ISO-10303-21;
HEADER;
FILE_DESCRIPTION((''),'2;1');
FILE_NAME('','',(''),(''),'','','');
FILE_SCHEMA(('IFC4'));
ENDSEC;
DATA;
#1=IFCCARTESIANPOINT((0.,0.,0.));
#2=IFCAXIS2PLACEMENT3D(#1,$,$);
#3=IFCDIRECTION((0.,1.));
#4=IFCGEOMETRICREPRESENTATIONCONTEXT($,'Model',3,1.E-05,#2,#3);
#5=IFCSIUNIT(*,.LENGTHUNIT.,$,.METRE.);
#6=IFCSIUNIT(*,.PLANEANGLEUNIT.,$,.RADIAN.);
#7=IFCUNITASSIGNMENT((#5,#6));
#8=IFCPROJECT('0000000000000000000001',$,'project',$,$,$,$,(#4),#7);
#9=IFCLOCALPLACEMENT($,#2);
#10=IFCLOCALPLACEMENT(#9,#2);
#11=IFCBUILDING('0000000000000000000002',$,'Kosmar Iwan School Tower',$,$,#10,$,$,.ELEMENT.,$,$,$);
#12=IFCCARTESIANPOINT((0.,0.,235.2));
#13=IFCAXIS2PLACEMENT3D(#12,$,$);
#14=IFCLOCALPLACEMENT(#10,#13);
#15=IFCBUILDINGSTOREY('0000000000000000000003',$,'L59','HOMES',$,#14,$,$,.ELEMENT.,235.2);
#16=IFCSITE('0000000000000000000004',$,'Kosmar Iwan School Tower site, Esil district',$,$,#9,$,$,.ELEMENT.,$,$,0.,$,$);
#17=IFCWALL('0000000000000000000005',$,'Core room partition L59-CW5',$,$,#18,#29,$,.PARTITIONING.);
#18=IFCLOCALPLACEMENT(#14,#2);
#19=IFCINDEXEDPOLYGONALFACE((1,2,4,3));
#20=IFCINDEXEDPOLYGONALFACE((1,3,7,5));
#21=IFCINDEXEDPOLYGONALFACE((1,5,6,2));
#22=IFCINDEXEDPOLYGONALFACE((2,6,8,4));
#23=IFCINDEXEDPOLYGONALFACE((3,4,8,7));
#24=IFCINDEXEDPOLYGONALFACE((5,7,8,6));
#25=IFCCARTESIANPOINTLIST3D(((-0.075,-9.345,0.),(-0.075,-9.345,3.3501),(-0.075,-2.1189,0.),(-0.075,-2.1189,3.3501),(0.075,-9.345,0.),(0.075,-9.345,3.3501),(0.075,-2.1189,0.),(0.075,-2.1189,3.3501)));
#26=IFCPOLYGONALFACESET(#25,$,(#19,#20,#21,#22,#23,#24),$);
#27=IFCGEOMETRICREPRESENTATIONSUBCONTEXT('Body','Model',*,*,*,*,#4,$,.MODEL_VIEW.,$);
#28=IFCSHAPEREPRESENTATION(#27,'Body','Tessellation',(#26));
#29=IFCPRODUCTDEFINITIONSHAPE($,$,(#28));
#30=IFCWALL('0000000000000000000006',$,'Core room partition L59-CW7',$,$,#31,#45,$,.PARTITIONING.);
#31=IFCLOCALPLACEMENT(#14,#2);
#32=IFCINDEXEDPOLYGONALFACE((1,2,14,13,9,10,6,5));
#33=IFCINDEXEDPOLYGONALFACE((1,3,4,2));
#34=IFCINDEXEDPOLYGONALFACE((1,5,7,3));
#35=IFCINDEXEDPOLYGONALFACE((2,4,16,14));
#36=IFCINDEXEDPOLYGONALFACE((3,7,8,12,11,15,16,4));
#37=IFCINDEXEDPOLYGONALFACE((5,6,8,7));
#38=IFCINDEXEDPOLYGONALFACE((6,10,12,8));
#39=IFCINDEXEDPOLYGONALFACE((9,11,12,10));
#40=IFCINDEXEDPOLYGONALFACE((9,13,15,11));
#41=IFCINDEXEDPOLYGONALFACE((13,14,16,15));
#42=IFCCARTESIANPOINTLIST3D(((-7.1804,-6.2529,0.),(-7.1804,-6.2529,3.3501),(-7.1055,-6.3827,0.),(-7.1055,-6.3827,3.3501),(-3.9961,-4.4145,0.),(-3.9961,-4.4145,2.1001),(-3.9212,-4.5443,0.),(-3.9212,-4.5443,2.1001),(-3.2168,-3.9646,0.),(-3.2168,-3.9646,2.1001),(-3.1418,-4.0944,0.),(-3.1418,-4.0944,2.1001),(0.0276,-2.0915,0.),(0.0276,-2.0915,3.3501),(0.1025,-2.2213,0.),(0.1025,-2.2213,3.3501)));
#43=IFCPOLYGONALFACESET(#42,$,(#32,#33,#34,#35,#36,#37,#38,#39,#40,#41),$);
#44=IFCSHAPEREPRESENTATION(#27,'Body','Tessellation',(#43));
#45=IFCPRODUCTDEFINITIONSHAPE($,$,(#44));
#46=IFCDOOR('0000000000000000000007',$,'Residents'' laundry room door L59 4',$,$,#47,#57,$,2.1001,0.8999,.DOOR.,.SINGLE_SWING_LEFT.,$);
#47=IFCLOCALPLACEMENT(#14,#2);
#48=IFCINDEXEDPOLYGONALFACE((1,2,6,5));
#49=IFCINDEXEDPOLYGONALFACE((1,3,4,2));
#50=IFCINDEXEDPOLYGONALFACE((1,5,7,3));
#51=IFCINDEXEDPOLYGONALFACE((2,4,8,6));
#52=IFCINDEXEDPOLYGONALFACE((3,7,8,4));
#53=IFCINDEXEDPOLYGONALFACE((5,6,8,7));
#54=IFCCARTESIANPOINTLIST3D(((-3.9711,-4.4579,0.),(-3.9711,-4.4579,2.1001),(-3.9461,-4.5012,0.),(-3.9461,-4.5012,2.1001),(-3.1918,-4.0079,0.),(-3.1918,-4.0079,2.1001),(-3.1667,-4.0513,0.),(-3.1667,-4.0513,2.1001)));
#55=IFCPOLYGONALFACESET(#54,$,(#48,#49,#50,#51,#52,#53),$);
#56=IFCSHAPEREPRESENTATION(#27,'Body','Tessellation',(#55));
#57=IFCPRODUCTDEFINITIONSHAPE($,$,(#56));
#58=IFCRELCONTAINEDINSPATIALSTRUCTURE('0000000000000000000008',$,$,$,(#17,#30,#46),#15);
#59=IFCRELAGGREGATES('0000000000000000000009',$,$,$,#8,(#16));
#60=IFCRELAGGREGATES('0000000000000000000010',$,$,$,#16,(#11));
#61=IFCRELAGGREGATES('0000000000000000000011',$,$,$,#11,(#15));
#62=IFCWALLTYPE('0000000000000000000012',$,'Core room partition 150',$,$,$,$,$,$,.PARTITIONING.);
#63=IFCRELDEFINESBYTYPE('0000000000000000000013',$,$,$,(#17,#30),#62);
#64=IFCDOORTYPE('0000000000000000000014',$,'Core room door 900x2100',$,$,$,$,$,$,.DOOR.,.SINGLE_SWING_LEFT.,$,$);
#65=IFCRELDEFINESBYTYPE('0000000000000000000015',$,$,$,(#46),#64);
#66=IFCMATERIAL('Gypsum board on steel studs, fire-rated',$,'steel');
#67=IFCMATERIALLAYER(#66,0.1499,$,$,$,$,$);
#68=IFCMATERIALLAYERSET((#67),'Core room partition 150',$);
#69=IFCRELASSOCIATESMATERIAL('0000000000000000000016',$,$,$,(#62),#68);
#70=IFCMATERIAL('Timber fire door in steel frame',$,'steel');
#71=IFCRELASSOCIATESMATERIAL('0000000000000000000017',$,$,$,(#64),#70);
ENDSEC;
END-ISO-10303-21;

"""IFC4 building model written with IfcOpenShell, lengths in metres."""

from ifc_helpers import new_model, si_unit, direction, frame, frame_2d, origin, place, context, subcontext, project, spatial, rectangle, extrude, material, layer, layer_set, type_object, element, fill, save


model = new_model("IFC4")

# Units and contexts
model_context = context("Model", 3, precision=1e-05, world=origin(), true_north=direction((0.0, 1.0)))
body_context = subcontext(model_context, "Body", "Model", "MODEL_VIEW")
ifc_project = project(units=[si_unit("LENGTHUNIT", "METRE"), si_unit("PLANEANGLEUNIT", "RADIAN")], contexts=[model_context])

# Site, building, storey
site_placement = place(None, origin())
site = spatial("IfcSite", under=ifc_project, at=site_placement, Name="Kosmar Iwan School Tower site, Esil district", CompositionType="ELEMENT", RefElevation=0.0)
building_placement = place(site_placement, origin())
building = spatial("IfcBuilding", under=site, at=building_placement, Name="Kosmar Iwan School Tower", CompositionType="ELEMENT")
storey_placement = place(building_placement, frame((0.0, 0.0, 235.2)))
storey = spatial("IfcBuildingStorey", under=building, at=storey_placement, Name="L59", Description="HOMES", CompositionType="ELEMENT", Elevation=235.2)

# Wall
ifc_material_1 = material(Name="Gypsum board on steel studs, fire-rated", Category="steel")
ifc_layer_1 = layer(ifc_material_1, 0.1499)
ifc_layer_set_1 = layer_set([ifc_layer_1], Name="Core room partition 150")
wall_type_1 = type_object("IfcWallType", Name="Core room partition 150", PredefinedType="PARTITIONING", material=ifc_layer_set_1)
wall_1_placement = place(storey_placement, frame((0.0, -9.345, 0.0), z_axis=(0.0, 0.0, 1.0), x_axis=(0.0, 1.0, 0.0)))
element("IfcWall", 1, at=wall_1_placement, inside=storey, type_object=wall_type_1, Name="Core room partition L59-CW5", PredefinedType="PARTITIONING", context=body_context, shape_type="SweptSolid", body=[
    extrude(rectangle(XDim=7.2261, YDim=0.1499, at=frame_2d((3.613, 0.0))), origin(), (0.0, 0.0, 1.0), 3.3501),
])

# Wall, opening, door
wall_2_placement = place(storey_placement, frame((-7.1431, -6.3179, 0.0), z_axis=(0.0, 0.0, 1.0), x_axis=(0.866034, 0.499985, 0.0)))
wall_2 = element("IfcWall", 2, at=wall_2_placement, inside=storey, type_object=wall_type_1, Name="Core room partition L59-CW7", PredefinedType="PARTITIONING", context=body_context, shape_type="SweptSolid", body=[
    extrude(rectangle(XDim=8.323, YDim=0.1499, at=frame_2d((4.1616, 0.0))), origin(), (0.0, 0.0, 1.0), 3.3501),
])
opening_1_placement = place(wall_2_placement, frame((3.677, 0.0, 0.0)))
opening_1 = element("IfcOpeningElement", 3, at=opening_1_placement, cuts=wall_2, PredefinedType="OPENING", context=body_context, shape_type="SweptSolid", body=[
    extrude(rectangle(XDim=0.8999, YDim=2.1001, at=frame_2d((0.45, 1.05))), frame((0.0, 0.0869, 0.0), z_axis=(0.0, -1.0, 0.0), x_axis=(1.0, 0.0, 0.0)), (0.0, 0.0, 1.0), 0.1738),
])
ifc_material_2 = material(Name="Timber fire door in steel frame", Category="steel")
door_type_1 = type_object("IfcDoorType", Name="Core room door 900x2100", OperationType="SINGLE_SWING_LEFT", PredefinedType="DOOR", material=ifc_material_2)
door_1_placement = place(opening_1_placement, origin())
door_1 = element("IfcDoor", 4, at=door_1_placement, inside=storey, type_object=door_type_1, Name="Residents' laundry room door L59 4", OperationType="SINGLE_SWING_LEFT", OverallHeight=2.1001, OverallWidth=0.8999, PredefinedType="DOOR", context=body_context, shape_type="SweptSolid", body=[
    extrude(rectangle(XDim=0.8999, YDim=2.1001, at=frame_2d((0.45, 1.05))), frame((0.0, 0.0249, 0.0), z_axis=(0.0, -1.0, 0.0), x_axis=(1.0, 0.0, 0.0)), (0.0, 0.0, 1.0), 0.05),
])
fill(opening_1, door_1)

save(model, "model.ifc")
